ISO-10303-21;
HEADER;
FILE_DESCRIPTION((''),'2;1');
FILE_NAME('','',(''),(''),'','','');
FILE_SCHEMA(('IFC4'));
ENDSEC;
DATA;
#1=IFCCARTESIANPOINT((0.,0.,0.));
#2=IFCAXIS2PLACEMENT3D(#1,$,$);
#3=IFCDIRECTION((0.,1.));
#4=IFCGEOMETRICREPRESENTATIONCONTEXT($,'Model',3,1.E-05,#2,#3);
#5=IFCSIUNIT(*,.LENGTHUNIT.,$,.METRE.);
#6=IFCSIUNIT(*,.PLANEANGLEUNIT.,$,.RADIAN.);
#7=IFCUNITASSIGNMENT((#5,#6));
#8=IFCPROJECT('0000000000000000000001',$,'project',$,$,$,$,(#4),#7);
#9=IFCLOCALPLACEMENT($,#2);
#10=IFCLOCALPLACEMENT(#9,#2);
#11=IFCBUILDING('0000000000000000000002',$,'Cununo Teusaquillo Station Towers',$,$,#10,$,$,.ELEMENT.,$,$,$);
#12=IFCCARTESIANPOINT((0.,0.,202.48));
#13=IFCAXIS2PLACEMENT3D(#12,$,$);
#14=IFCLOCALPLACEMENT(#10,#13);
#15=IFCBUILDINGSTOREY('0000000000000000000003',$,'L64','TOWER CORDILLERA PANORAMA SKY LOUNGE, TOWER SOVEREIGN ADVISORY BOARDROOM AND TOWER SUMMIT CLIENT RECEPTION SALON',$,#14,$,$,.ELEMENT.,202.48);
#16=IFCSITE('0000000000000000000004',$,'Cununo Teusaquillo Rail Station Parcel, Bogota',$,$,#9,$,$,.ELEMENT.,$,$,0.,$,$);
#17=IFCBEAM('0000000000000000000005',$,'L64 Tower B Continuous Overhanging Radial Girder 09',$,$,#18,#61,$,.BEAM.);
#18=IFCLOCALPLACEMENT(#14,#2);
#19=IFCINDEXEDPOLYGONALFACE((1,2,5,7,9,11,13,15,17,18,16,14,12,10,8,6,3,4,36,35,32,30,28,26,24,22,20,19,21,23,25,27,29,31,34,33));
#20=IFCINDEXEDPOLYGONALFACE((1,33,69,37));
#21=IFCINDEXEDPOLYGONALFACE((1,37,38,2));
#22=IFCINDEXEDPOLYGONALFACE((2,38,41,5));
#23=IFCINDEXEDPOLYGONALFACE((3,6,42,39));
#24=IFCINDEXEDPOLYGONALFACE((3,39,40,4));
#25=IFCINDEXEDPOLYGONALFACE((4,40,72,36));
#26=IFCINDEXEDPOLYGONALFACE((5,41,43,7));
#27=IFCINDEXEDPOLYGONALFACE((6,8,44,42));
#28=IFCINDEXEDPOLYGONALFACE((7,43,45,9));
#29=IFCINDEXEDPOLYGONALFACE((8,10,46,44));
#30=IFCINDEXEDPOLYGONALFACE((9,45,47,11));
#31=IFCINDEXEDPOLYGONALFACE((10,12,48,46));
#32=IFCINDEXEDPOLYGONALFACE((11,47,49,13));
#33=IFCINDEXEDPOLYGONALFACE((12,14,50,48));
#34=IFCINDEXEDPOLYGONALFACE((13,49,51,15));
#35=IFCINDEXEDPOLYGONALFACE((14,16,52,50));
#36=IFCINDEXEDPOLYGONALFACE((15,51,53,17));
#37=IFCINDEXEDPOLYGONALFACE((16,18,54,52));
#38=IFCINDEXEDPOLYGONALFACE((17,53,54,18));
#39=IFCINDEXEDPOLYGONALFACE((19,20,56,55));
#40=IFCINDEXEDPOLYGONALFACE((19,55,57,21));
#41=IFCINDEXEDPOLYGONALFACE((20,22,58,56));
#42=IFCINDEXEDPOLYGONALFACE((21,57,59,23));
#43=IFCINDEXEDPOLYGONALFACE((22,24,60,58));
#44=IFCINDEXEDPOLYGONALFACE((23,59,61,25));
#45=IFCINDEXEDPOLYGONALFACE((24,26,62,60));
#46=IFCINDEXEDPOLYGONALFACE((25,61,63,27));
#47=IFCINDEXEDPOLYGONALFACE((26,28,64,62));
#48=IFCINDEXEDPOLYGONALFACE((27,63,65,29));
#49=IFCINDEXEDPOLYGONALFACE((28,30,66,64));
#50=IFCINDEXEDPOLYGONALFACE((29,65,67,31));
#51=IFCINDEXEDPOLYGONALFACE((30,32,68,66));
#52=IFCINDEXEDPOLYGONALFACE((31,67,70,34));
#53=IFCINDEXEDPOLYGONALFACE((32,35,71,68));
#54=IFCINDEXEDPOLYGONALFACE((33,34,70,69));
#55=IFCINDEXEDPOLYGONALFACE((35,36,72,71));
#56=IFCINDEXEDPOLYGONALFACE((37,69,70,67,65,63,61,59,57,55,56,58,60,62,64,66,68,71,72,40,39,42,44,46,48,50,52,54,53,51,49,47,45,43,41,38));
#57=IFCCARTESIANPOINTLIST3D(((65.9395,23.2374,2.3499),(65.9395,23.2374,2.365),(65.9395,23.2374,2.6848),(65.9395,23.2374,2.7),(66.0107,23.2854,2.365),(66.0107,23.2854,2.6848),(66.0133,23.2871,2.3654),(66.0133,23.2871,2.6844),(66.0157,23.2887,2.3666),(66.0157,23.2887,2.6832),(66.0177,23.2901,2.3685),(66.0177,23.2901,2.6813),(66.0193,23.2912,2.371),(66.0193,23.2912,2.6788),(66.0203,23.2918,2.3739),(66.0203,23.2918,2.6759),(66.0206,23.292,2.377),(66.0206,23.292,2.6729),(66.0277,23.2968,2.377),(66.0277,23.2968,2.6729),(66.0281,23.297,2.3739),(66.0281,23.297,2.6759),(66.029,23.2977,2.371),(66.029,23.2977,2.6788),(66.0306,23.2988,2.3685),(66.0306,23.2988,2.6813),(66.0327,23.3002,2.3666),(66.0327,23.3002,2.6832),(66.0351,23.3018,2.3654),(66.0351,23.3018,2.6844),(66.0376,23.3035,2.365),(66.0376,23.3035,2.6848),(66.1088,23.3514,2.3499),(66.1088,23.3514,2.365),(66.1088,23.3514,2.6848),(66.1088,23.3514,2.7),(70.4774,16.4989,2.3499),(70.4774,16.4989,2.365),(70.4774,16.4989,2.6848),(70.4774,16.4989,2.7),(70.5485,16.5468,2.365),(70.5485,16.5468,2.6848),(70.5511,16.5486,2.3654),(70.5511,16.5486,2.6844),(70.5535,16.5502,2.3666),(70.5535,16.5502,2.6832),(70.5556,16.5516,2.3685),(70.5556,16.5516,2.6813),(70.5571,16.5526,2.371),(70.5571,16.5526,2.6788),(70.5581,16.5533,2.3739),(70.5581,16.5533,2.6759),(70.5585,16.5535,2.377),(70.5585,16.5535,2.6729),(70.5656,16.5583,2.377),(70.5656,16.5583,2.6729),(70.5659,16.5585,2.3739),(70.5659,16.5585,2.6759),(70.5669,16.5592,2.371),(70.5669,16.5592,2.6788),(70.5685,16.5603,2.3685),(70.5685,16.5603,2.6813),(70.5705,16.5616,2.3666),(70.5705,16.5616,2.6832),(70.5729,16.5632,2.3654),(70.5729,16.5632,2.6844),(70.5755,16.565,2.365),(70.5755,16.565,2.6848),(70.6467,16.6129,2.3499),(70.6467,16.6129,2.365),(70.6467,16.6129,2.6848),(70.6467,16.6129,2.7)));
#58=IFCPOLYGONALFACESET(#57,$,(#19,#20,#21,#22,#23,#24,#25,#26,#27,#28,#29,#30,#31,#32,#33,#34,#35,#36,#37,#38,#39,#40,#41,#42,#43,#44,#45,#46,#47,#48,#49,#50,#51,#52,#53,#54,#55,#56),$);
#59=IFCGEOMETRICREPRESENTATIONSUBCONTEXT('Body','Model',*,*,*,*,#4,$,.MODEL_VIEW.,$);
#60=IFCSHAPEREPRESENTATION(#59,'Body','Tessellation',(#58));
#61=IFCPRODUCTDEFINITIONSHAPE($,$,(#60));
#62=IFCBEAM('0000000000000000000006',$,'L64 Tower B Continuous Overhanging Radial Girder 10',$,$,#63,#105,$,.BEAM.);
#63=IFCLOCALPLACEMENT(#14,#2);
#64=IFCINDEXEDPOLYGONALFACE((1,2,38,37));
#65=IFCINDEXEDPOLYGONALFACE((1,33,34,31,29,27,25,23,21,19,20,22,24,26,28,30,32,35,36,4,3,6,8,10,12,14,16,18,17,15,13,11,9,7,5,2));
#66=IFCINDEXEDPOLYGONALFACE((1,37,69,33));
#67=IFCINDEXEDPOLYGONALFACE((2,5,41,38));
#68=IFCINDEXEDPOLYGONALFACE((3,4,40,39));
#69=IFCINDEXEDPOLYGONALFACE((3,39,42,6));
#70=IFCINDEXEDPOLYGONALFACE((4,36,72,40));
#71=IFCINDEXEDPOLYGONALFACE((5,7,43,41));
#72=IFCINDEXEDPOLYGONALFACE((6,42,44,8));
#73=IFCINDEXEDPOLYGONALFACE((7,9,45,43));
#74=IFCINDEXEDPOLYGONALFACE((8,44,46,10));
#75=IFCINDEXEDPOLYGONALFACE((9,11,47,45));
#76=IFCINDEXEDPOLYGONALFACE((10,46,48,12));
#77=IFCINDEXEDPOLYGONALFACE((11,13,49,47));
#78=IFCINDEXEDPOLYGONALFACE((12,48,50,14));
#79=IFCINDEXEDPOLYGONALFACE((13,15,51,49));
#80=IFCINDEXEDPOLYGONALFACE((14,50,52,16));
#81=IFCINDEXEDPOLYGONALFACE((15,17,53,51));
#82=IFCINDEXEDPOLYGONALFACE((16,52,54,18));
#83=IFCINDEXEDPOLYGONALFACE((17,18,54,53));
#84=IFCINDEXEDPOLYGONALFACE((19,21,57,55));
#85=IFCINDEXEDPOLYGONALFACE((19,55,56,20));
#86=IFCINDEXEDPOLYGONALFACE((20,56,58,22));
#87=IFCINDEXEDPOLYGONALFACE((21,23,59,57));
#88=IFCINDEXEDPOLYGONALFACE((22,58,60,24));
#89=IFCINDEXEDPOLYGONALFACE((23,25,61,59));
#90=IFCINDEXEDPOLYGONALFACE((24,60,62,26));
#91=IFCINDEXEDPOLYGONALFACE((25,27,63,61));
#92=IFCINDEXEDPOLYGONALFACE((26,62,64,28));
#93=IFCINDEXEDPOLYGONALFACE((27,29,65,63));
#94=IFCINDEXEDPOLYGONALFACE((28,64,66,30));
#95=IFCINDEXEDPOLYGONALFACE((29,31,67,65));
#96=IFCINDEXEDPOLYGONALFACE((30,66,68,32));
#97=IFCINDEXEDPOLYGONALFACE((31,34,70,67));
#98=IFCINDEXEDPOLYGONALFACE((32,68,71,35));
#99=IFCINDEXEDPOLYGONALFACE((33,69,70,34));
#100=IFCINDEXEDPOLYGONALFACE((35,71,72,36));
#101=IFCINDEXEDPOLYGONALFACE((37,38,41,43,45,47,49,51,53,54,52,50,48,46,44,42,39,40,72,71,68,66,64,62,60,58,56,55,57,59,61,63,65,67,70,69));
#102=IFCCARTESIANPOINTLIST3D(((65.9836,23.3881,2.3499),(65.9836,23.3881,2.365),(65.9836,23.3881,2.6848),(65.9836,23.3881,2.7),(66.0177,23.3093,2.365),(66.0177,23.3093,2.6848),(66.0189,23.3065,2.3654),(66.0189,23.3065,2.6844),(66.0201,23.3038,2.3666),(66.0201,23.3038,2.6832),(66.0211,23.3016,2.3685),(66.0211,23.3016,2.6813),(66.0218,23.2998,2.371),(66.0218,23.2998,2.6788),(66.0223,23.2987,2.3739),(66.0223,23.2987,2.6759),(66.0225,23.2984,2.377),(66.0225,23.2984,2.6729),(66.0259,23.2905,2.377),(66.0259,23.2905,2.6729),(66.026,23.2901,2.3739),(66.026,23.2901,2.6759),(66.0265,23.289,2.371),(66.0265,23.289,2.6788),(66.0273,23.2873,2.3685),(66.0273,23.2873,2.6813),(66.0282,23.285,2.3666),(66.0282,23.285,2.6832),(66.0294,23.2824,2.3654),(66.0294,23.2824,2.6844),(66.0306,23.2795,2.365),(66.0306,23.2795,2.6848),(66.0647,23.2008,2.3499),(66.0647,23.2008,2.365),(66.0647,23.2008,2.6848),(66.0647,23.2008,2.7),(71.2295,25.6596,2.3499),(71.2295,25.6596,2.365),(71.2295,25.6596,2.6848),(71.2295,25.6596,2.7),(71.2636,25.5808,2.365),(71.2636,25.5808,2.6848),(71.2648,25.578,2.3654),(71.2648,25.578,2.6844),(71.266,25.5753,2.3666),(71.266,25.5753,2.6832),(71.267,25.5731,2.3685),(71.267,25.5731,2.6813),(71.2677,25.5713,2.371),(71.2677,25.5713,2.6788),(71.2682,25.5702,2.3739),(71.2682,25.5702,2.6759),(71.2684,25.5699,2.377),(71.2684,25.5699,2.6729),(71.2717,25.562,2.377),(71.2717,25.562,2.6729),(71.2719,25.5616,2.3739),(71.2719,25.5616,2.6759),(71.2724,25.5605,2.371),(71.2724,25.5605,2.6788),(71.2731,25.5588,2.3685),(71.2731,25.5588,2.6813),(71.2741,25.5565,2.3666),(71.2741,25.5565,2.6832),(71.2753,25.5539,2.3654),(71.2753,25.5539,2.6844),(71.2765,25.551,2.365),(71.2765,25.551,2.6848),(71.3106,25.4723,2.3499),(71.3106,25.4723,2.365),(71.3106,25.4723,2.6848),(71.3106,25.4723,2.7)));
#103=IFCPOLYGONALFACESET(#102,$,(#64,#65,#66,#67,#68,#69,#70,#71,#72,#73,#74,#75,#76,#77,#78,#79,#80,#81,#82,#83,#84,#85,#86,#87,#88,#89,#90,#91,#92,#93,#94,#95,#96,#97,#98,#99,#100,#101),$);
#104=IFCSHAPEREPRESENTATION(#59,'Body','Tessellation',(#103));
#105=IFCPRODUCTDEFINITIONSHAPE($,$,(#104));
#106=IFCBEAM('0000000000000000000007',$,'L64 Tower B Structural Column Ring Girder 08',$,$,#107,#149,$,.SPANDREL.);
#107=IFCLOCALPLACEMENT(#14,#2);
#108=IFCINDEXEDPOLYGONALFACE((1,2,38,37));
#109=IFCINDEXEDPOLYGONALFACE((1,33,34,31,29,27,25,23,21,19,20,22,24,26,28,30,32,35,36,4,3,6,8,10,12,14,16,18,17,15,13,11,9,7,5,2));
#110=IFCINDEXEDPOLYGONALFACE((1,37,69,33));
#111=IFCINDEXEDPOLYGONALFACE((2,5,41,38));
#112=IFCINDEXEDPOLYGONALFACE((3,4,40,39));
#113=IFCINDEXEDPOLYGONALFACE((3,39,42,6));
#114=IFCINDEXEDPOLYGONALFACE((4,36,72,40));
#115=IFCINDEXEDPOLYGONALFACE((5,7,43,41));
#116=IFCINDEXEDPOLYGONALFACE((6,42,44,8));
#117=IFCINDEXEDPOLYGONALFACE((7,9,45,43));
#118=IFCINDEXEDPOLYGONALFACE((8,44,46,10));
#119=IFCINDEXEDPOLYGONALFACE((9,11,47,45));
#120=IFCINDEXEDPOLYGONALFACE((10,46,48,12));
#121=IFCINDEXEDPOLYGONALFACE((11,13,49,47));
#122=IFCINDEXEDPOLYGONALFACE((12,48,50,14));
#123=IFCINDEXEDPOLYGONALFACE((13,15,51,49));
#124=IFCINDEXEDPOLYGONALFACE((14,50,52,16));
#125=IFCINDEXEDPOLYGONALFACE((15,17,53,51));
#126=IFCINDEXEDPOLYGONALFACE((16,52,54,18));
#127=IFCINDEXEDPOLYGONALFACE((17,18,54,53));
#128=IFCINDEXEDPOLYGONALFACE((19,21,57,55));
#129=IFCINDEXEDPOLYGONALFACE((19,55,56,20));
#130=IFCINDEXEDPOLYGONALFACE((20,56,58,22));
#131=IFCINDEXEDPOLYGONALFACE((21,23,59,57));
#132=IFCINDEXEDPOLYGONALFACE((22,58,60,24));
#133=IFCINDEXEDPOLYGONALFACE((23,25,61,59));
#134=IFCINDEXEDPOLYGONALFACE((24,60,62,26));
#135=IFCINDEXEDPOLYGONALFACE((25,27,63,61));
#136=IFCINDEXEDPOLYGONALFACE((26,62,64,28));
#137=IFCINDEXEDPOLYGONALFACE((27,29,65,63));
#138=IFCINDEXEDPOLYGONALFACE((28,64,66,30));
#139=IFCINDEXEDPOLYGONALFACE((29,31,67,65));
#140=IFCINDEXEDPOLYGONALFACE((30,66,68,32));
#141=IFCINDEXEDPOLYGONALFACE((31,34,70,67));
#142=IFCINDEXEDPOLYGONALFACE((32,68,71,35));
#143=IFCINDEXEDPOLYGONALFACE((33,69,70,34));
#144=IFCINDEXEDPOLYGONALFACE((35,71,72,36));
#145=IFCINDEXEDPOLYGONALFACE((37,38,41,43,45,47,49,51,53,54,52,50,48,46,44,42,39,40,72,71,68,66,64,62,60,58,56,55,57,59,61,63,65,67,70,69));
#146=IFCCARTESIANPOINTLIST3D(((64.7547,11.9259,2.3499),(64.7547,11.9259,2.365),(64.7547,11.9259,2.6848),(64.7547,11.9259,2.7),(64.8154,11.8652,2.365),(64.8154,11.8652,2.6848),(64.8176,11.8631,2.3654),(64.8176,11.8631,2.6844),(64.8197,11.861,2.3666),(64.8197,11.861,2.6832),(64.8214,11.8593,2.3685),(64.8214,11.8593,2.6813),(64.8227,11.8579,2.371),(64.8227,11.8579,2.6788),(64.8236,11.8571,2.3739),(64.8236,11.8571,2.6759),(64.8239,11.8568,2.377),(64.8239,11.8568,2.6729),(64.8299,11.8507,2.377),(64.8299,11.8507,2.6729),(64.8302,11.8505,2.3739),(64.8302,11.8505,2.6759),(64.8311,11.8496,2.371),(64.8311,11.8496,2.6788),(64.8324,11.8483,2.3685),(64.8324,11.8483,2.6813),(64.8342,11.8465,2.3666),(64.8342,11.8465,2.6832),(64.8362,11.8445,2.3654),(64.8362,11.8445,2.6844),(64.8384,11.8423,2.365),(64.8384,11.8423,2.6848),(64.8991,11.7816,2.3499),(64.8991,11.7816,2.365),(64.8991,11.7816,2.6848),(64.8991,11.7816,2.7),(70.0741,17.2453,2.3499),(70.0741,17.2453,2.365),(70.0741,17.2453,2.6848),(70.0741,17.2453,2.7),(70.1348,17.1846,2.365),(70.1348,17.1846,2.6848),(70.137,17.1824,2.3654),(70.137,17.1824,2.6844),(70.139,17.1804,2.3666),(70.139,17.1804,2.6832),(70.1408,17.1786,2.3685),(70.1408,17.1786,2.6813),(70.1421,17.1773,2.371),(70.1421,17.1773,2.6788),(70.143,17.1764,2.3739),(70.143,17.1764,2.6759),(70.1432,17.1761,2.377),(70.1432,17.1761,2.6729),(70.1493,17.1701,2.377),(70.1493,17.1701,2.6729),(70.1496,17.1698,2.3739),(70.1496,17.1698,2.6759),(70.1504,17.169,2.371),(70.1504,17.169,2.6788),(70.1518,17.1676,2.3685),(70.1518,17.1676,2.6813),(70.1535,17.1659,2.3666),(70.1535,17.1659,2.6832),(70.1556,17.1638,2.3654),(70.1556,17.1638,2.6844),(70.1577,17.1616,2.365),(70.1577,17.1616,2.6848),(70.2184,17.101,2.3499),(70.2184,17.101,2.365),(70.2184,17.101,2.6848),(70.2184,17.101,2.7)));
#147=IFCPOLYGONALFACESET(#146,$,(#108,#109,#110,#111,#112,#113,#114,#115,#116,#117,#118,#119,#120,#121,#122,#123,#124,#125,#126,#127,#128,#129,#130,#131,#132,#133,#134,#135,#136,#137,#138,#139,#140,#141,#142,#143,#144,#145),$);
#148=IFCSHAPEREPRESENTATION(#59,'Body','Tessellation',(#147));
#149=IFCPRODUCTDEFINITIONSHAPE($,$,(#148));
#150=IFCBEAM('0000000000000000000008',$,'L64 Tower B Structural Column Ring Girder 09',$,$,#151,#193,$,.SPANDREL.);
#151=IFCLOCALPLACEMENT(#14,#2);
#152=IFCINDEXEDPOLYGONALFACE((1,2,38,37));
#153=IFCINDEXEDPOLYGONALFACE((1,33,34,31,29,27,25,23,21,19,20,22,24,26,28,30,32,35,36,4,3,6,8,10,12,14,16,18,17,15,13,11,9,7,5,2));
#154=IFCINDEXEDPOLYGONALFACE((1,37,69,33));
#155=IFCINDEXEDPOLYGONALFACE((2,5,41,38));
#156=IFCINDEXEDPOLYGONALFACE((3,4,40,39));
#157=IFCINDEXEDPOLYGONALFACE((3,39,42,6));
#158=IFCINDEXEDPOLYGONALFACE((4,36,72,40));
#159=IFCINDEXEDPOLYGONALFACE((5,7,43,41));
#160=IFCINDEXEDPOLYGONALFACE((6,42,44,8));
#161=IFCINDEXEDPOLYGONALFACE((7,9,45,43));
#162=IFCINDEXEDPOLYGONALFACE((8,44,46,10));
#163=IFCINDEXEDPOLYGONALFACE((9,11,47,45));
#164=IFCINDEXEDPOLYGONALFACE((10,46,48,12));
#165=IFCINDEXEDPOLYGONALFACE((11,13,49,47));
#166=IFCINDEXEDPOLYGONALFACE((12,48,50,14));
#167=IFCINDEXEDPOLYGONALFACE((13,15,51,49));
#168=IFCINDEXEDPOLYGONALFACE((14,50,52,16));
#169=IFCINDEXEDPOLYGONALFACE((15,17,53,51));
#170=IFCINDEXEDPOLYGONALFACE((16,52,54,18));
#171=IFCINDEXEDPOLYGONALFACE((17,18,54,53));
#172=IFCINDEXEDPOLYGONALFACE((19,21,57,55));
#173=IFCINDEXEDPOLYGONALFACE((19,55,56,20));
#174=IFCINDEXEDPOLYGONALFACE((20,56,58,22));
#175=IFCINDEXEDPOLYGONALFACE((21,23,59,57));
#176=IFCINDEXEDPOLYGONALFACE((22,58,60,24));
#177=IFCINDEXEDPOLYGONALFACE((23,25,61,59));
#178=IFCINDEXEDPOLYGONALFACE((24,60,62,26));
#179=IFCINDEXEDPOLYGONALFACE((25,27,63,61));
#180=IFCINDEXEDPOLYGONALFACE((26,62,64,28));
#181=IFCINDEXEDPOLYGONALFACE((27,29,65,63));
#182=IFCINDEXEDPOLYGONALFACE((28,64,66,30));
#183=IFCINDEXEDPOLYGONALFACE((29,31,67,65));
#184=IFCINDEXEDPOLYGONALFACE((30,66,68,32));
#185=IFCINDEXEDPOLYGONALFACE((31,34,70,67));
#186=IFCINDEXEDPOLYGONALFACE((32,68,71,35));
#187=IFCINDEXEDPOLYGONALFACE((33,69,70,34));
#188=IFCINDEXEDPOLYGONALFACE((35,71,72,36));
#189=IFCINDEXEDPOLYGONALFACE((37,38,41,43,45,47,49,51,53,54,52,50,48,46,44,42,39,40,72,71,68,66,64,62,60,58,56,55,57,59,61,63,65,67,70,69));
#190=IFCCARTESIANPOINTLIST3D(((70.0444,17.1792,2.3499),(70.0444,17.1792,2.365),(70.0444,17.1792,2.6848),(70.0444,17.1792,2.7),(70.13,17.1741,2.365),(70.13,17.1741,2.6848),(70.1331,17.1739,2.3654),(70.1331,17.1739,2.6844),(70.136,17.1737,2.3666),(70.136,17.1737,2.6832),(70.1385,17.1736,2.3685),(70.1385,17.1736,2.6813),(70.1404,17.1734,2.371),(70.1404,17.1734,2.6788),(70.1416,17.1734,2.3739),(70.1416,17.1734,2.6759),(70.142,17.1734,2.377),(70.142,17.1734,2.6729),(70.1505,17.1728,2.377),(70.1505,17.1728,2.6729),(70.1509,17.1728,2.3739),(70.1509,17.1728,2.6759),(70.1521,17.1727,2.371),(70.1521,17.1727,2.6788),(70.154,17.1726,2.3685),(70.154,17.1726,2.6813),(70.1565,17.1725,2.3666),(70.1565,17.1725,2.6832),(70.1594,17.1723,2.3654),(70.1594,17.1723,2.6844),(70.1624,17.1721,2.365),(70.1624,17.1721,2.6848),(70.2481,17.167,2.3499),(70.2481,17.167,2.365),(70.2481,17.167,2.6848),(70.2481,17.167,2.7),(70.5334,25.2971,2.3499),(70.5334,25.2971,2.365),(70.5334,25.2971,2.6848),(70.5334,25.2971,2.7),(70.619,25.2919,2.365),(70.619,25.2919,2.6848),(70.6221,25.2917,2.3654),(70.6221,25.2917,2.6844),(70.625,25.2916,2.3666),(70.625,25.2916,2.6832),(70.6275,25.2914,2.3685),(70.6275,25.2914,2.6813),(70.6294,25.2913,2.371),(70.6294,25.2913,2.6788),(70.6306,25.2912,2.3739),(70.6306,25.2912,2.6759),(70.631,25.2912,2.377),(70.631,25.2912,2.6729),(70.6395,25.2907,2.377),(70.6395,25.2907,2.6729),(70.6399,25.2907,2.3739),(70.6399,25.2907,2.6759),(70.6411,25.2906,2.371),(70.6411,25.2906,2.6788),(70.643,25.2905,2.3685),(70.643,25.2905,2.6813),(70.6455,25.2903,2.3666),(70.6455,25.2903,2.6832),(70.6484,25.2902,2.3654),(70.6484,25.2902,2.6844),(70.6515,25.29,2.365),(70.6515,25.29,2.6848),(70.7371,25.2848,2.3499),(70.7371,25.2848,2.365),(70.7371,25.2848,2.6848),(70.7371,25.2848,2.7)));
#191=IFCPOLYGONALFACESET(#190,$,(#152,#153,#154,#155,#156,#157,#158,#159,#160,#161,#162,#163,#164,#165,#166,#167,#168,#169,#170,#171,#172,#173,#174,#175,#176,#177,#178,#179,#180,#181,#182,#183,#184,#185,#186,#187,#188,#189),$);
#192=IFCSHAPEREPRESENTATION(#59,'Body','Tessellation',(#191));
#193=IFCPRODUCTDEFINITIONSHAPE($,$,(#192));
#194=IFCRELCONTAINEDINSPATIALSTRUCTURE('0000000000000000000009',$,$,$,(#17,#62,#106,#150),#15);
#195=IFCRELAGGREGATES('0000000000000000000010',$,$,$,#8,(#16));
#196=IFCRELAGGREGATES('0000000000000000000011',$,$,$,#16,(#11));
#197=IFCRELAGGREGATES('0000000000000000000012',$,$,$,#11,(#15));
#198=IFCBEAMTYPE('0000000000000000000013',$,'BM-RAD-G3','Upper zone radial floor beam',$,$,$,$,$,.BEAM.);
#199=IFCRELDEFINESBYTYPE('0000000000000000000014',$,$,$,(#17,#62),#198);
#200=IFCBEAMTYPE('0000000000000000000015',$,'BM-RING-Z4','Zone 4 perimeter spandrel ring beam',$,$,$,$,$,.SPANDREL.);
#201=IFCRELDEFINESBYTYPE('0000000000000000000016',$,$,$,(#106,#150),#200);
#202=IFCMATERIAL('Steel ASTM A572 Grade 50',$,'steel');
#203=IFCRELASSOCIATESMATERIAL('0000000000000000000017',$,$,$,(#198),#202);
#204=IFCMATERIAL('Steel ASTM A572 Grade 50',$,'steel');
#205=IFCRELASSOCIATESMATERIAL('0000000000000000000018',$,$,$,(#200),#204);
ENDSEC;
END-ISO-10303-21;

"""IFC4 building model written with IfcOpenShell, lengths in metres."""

from ifc_helpers import new_model, si_unit, direction, frame, origin, origin_2d, place, context, subcontext, project, spatial, i_section, extrude, material, material_profile, profile_set, type_object, element, save


model = new_model("IFC4")

# Units and contexts
model_context = context("Model", 3, precision=1e-05, world=origin(), true_north=direction((0.0, 1.0)))
body_context = subcontext(model_context, "Body", "Model", "MODEL_VIEW")
ifc_project = project(units=[si_unit("LENGTHUNIT", "METRE"), si_unit("PLANEANGLEUNIT", "RADIAN")], contexts=[model_context])

# Site, building, storey
site_placement = place(None, origin())
site = spatial("IfcSite", under=ifc_project, at=site_placement, Name="Cununo Teusaquillo Rail Station Parcel, Bogota", CompositionType="ELEMENT", RefElevation=0.0)
building_placement = place(site_placement, origin())
building = spatial("IfcBuilding", under=site, at=building_placement, Name="Cununo Teusaquillo Station Towers", CompositionType="ELEMENT")
storey_placement = place(building_placement, frame((0.0, 0.0, 202.48)))
storey = spatial("IfcBuildingStorey", under=building, at=storey_placement, Name="L64", Description="TOWER CORDILLERA PANORAMA SKY LOUNGE, TOWER SOVEREIGN ADVISORY BOARDROOM AND TOWER SUMMIT CLIENT RECEPTION SALON", CompositionType="ELEMENT", Elevation=202.48)

# Beams
ifc_material_1 = material(Name="Steel ASTM A572 Grade 50", Category="steel")
ifc_material_profile_1 = material_profile(ifc_material_1, i_section(OverallWidth=0.2041, OverallDepth=0.3501, WebThickness=0.0085, FlangeThickness=0.0151, FilletRadius=0.012, at=origin_2d()), Name="W14X48")
ifc_profile_set_1 = profile_set([ifc_material_profile_1], Name="Steel ASTM A572 Grade 50")
beam_type_1 = type_object("IfcBeamType", Name="BM-RAD-G3", Description="Upper zone radial floor beam", PredefinedType="BEAM", material=ifc_profile_set_1)
beam_1_placement = place(storey_placement, frame((66.0242, 23.2944, 2.5249), z_axis=(0.558571, -0.829457, 0.0), x_axis=(0.829457, 0.558571, 0.0)))
element("IfcBeam", 1, at=beam_1_placement, inside=storey, type_object=beam_type_1, Name="L64 Tower B Continuous Overhanging Radial Girder 09", PredefinedType="BEAM", context=body_context, shape_type="SweptSolid", body=[
    extrude(i_section(OverallWidth=0.2041, OverallDepth=0.3501, WebThickness=0.0085, FlangeThickness=0.0151, FilletRadius=0.012, at=origin_2d()), origin(), (0.0, 0.0, 1.0), 8.124),
])
beam_2_placement = place(storey_placement, frame((66.0242, 23.2944, 2.5249), z_axis=(0.917665, 0.397355, 0.0), x_axis=(-0.397355, 0.917665, 0.0)))
element("IfcBeam", 2, at=beam_2_placement, inside=storey, type_object=beam_type_1, Name="L64 Tower B Continuous Overhanging Radial Girder 10", PredefinedType="BEAM", context=body_context, shape_type="SweptSolid", body=[
    extrude(i_section(OverallWidth=0.2041, OverallDepth=0.3501, WebThickness=0.0085, FlangeThickness=0.0151, FilletRadius=0.012, at=origin_2d()), origin(), (0.0, 0.0, 1.0), 5.7166),
])
ifc_material_2 = material(Name="Steel ASTM A572 Grade 50", Category="steel")
ifc_material_profile_2 = material_profile(ifc_material_2, i_section(OverallWidth=0.2041, OverallDepth=0.3501, WebThickness=0.0085, FlangeThickness=0.0151, FilletRadius=0.012, at=origin_2d()), Name="W14X48")
ifc_profile_set_2 = profile_set([ifc_material_profile_2], Name="Steel ASTM A572 Grade 50")
beam_type_2 = type_object("IfcBeamType", Name="BM-RING-Z4", Description="Zone 4 perimeter spandrel ring beam", PredefinedType="SPANDREL", material=ifc_profile_set_2)
beam_3_placement = place(storey_placement, frame((64.8269, 11.8538, 2.5249), z_axis=(0.707107, 0.707107, 0.0), x_axis=(-0.707107, 0.707107, 0.0)))
element("IfcBeam", 3, at=beam_3_placement, inside=storey, type_object=beam_type_2, Name="L64 Tower B Structural Column Ring Girder 08", PredefinedType="SPANDREL", context=body_context, shape_type="SweptSolid", body=[
    extrude(i_section(OverallWidth=0.2041, OverallDepth=0.3501, WebThickness=0.0085, FlangeThickness=0.0151, FilletRadius=0.012, at=origin_2d()), origin(), (0.0, 0.0, 1.0), 7.5227),
])
beam_4_placement = place(storey_placement, frame((70.1462, 17.1731, 2.5249), z_axis=(0.06013, 0.998191, 0.0), x_axis=(-0.998191, 0.06013, 0.0)))
element("IfcBeam", 4, at=beam_4_placement, inside=storey, type_object=beam_type_2, Name="L64 Tower B Structural Column Ring Girder 09", PredefinedType="SPANDREL", context=body_context, shape_type="SweptSolid", body=[
    extrude(i_section(OverallWidth=0.2041, OverallDepth=0.3501, WebThickness=0.0085, FlangeThickness=0.0151, FilletRadius=0.012, at=origin_2d()), origin(), (0.0, 0.0, 1.0), 8.1326),
])

save(model, "model.ifc")
